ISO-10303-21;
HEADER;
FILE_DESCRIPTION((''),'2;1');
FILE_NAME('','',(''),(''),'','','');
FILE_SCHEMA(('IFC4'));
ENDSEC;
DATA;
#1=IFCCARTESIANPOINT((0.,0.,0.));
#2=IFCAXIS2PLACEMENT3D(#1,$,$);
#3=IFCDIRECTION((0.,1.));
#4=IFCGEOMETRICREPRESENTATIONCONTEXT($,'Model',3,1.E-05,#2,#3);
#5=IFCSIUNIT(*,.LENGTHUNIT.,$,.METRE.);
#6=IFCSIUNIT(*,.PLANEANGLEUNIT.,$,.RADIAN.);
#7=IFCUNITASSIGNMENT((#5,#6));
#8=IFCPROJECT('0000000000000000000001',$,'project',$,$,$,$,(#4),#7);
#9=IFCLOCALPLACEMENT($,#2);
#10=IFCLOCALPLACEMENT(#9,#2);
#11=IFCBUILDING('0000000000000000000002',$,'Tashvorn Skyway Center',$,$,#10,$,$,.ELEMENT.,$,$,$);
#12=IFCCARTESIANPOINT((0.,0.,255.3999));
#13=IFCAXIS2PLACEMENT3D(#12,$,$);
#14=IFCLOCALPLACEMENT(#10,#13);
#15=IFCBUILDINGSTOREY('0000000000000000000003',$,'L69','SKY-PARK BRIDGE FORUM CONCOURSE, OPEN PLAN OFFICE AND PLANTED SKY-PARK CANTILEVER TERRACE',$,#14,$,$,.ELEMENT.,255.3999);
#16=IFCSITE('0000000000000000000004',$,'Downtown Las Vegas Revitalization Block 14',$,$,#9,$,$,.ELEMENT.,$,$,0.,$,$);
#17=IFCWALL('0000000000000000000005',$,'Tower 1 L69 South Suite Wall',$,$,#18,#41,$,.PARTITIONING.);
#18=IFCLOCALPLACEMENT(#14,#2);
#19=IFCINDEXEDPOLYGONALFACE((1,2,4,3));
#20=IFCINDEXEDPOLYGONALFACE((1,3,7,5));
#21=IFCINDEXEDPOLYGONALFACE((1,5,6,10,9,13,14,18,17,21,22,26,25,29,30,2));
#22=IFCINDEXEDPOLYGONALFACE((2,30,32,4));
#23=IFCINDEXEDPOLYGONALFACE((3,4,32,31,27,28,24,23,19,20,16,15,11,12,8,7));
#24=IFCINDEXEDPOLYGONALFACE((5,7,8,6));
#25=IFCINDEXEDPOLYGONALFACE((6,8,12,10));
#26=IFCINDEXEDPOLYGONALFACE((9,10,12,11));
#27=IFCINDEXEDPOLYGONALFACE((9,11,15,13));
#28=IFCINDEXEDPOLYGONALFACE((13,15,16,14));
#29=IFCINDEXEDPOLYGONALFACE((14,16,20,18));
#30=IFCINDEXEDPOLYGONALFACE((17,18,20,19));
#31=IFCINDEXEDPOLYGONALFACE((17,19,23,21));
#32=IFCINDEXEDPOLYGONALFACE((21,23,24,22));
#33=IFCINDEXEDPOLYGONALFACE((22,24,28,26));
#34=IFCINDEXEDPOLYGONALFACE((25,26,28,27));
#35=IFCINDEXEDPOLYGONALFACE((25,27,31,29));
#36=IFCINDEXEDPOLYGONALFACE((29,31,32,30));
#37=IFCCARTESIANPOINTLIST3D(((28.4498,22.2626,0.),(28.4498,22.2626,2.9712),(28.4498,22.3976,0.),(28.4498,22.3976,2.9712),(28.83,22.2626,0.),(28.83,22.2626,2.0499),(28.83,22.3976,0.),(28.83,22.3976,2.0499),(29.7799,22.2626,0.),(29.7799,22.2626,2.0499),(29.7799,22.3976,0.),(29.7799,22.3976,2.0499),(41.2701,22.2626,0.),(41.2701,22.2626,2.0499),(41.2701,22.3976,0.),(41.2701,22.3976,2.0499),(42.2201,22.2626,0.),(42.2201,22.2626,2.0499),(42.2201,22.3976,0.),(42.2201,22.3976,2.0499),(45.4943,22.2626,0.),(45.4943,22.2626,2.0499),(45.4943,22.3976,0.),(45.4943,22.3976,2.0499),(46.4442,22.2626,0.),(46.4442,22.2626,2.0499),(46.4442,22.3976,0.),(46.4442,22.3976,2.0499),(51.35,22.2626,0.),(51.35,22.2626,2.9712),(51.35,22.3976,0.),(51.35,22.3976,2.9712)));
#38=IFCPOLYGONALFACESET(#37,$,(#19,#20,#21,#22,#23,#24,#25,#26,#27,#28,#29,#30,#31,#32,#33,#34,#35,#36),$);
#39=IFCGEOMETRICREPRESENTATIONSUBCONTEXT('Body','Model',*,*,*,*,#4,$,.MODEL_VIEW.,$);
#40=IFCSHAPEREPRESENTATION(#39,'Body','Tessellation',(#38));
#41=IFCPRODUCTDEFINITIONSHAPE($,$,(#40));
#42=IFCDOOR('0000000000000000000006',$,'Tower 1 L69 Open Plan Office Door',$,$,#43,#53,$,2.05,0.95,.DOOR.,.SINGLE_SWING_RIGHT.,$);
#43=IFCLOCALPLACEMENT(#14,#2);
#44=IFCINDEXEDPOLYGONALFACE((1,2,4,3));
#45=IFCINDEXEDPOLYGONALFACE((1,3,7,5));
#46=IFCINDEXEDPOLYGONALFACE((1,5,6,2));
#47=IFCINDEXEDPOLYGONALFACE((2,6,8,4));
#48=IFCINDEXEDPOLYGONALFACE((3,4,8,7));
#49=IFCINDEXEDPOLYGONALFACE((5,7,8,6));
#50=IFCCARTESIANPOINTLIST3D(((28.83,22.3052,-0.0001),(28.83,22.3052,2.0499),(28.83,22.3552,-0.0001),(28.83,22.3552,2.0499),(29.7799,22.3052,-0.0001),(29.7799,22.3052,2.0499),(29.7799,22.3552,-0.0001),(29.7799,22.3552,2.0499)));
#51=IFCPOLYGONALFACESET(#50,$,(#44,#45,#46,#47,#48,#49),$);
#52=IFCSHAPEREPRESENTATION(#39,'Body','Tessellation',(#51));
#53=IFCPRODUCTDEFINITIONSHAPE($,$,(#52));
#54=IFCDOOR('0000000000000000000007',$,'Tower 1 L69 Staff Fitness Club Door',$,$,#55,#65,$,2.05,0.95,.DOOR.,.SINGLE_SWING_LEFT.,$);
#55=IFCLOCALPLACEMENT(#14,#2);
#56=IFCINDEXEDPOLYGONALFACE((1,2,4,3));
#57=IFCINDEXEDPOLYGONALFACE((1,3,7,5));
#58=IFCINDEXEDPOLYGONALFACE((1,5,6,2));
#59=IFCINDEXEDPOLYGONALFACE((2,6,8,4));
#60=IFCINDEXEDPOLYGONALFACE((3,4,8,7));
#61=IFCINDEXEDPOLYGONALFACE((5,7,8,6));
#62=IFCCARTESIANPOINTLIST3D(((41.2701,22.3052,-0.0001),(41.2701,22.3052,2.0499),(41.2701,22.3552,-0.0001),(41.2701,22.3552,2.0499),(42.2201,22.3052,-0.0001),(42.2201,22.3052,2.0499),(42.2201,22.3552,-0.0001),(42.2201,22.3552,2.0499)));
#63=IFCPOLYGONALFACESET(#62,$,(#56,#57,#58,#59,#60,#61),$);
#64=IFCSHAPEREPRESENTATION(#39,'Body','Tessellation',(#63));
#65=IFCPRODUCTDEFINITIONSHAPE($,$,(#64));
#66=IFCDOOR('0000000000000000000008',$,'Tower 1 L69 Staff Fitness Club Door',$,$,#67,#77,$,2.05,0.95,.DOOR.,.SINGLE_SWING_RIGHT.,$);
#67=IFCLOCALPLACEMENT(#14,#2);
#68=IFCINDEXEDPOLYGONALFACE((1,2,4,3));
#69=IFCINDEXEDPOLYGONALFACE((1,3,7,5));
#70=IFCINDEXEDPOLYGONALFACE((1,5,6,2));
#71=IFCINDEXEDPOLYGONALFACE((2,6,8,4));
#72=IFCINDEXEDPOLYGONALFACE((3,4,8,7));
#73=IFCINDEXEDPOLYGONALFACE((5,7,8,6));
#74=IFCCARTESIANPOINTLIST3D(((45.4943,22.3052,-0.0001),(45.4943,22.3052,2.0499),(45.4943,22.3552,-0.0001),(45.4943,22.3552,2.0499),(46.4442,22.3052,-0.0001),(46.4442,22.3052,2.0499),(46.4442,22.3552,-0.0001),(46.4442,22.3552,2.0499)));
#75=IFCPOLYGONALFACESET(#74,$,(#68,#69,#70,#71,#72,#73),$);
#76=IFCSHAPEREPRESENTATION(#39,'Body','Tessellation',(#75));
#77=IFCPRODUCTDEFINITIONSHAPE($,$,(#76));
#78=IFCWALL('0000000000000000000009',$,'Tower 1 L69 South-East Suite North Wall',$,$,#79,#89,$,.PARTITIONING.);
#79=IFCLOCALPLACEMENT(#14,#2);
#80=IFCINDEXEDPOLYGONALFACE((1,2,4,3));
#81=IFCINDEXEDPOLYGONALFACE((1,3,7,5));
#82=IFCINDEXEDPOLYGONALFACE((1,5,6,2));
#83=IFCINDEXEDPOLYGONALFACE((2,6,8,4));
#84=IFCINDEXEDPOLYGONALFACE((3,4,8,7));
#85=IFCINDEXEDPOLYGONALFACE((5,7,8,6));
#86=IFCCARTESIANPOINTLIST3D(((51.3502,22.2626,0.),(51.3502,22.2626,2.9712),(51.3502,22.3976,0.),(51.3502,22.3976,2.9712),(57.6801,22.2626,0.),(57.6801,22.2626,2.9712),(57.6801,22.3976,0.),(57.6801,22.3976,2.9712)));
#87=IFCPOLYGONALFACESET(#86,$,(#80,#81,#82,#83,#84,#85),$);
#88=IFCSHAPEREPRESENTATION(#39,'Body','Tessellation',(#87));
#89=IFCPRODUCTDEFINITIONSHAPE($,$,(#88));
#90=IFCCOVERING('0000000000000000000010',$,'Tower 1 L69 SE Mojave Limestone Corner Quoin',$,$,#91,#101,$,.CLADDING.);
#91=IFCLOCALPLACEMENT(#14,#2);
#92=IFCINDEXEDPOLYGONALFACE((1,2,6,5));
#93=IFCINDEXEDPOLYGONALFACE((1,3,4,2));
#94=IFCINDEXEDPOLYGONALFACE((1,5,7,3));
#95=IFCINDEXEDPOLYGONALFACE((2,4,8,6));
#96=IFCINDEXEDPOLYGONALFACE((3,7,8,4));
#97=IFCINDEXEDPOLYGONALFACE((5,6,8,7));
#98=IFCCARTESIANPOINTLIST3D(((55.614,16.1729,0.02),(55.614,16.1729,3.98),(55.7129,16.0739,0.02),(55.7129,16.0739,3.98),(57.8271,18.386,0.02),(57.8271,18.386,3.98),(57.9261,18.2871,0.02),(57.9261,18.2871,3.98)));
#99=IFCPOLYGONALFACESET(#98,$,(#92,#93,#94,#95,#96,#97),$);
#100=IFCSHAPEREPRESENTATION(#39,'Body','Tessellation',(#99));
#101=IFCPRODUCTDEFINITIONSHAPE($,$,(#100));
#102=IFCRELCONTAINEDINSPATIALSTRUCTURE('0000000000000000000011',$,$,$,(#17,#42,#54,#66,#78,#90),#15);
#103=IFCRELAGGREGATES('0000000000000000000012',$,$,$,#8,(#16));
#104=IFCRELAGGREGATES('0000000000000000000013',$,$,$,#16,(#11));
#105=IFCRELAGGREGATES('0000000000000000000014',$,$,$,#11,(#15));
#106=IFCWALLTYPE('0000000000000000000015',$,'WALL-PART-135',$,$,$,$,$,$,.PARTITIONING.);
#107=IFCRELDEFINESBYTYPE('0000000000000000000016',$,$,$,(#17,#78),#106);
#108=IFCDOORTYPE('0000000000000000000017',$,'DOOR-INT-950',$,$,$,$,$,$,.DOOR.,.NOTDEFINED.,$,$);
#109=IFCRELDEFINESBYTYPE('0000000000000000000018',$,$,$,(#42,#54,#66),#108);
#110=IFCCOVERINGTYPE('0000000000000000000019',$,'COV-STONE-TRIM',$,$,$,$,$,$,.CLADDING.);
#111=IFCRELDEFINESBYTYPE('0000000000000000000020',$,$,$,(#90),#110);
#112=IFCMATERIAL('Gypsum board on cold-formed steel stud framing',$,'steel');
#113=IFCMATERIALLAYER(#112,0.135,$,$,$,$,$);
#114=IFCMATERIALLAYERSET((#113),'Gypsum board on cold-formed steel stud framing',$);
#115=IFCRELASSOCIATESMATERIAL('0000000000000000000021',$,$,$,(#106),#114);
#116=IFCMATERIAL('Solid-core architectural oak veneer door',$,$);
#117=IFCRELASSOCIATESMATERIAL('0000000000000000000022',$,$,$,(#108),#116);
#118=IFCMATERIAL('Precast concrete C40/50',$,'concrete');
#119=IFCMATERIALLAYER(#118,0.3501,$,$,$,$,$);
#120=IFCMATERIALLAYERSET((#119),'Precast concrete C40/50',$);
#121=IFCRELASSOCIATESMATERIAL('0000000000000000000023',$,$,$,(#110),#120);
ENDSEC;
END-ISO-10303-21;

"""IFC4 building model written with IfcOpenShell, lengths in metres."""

from ifc_helpers import new_model, si_unit, direction, frame, frame_2d, origin, origin_2d, place, context, subcontext, project, spatial, rectangle, extrude, material, layer, layer_set, type_object, element, fill, save


model = new_model("IFC4")

# Units and contexts
model_context = context("Model", 3, precision=1e-05, world=origin(), true_north=direction((0.0, 1.0)))
body_context = subcontext(model_context, "Body", "Model", "MODEL_VIEW")
ifc_project = project(units=[si_unit("LENGTHUNIT", "METRE"), si_unit("PLANEANGLEUNIT", "RADIAN")], contexts=[model_context])

# Site, building, storey
site_placement = place(None, origin())
site = spatial("IfcSite", under=ifc_project, at=site_placement, Name="Downtown Las Vegas Revitalization Block 14", CompositionType="ELEMENT", RefElevation=0.0)
building_placement = place(site_placement, origin())
building = spatial("IfcBuilding", under=site, at=building_placement, Name="Tashvorn Skyway Center", CompositionType="ELEMENT")
storey_placement = place(building_placement, frame((0.0, 0.0, 255.3999)))
storey = spatial("IfcBuildingStorey", under=building, at=storey_placement, Name="L69", Description="SKY-PARK BRIDGE FORUM CONCOURSE, OPEN PLAN OFFICE AND PLANTED SKY-PARK CANTILEVER TERRACE", CompositionType="ELEMENT", Elevation=255.3999)

# Wall, openings, doors
ifc_material_1 = material(Name="Gypsum board on cold-formed steel stud framing", Category="steel")
ifc_layer_1 = layer(ifc_material_1, 0.135)
ifc_layer_set_1 = layer_set([ifc_layer_1], Name="Gypsum board on cold-formed steel stud framing")
wall_type = type_object("IfcWallType", Name="WALL-PART-135", PredefinedType="PARTITIONING", material=ifc_layer_set_1)
wall_1_placement = place(storey_placement, frame((51.3501, 22.3301, 0.0), z_axis=(0.0, 0.0, 1.0), x_axis=(-1.0, 0.0, 0.0)))
wall_1 = element("IfcWall", 1, at=wall_1_placement, inside=storey, type_object=wall_type, Name="Tower 1 L69 South Suite Wall", PredefinedType="PARTITIONING", context=body_context, shape_type="SweptSolid", body=[
    extrude(rectangle(XDim=22.9001, YDim=0.135, at=frame_2d((11.4502, 0.0))), origin(), (0.0, 0.0, 1.0), 2.9712),
])
opening_1_placement = place(wall_1_placement, frame((21.5701, 0.0, 0.0)))
opening_1 = element("IfcOpeningElement", 2, at=opening_1_placement, cuts=wall_1, PredefinedType="OPENING", context=body_context, shape_type="SweptSolid", body=[
    extrude(rectangle(XDim=0.95, YDim=2.05, at=frame_2d((0.4751, 1.0249))), frame((0.0, 0.0774, 0.0), z_axis=(0.0, -1.0, 0.0), x_axis=(1.0, 0.0, 0.0)), (0.0, 0.0, 1.0), 0.155),
])
opening_2_placement = place(wall_1_placement, frame((9.1299, 0.0, 0.0)))
opening_2 = element("IfcOpeningElement", 3, at=opening_2_placement, cuts=wall_1, PredefinedType="OPENING", context=body_context, shape_type="SweptSolid", body=[
    extrude(rectangle(XDim=0.95, YDim=2.05, at=frame_2d((0.4751, 1.0249))), frame((0.0, 0.0774, 0.0), z_axis=(0.0, -1.0, 0.0), x_axis=(1.0, 0.0, 0.0)), (0.0, 0.0, 1.0), 0.155),
])
opening_3_placement = place(wall_1_placement, frame((4.9058, 0.0, 0.0)))
opening_3 = element("IfcOpeningElement", 4, at=opening_3_placement, cuts=wall_1, PredefinedType="OPENING", context=body_context, shape_type="SweptSolid", body=[
    extrude(rectangle(XDim=0.95, YDim=2.05, at=frame_2d((0.4751, 1.0249))), frame((0.0, 0.0774, 0.0), z_axis=(0.0, -1.0, 0.0), x_axis=(1.0, 0.0, 0.0)), (0.0, 0.0, 1.0), 0.155),
])
ifc_material_2 = material(Name="Solid-core architectural oak veneer door")
door_type = type_object("IfcDoorType", Name="DOOR-INT-950", OperationType="NOTDEFINED", PredefinedType="DOOR", material=ifc_material_2)
door_1_placement = place(opening_1_placement, origin())
door_1 = element("IfcDoor", 5, at=door_1_placement, inside=storey, type_object=door_type, Name="Tower 1 L69 Open Plan Office Door", OperationType="SINGLE_SWING_RIGHT", OverallHeight=2.05, OverallWidth=0.95, PredefinedType="DOOR", context=body_context, shape_type="SweptSolid", body=[
    extrude(rectangle(XDim=0.95, YDim=2.05, at=frame_2d((0.4751, 1.0249))), frame((0.0, 0.0249, 0.0), z_axis=(0.0, -1.0, 0.0), x_axis=(1.0, 0.0, 0.0)), (0.0, 0.0, 1.0), 0.05),
])
fill(opening_1, door_1)
door_2_placement = place(opening_2_placement, origin())
door_2 = element("IfcDoor", 6, at=door_2_placement, inside=storey, type_object=door_type, Name="Tower 1 L69 Staff Fitness Club Door", OperationType="SINGLE_SWING_LEFT", OverallHeight=2.05, OverallWidth=0.95, PredefinedType="DOOR", context=body_context, shape_type="SweptSolid", body=[
    extrude(rectangle(XDim=0.95, YDim=2.05, at=frame_2d((0.4751, 1.0249))), frame((0.0, 0.0249, 0.0), z_axis=(0.0, -1.0, 0.0), x_axis=(1.0, 0.0, 0.0)), (0.0, 0.0, 1.0), 0.05),
])
fill(opening_2, door_2)
door_3_placement = place(opening_3_placement, origin())
door_3 = element("IfcDoor", 7, at=door_3_placement, inside=storey, type_object=door_type, Name="Tower 1 L69 Staff Fitness Club Door", OperationType="SINGLE_SWING_RIGHT", OverallHeight=2.05, OverallWidth=0.95, PredefinedType="DOOR", context=body_context, shape_type="SweptSolid", body=[
    extrude(rectangle(XDim=0.95, YDim=2.05, at=frame_2d((0.4751, 1.0249))), frame((0.0, 0.0249, 0.0), z_axis=(0.0, -1.0, 0.0), x_axis=(1.0, 0.0, 0.0)), (0.0, 0.0, 1.0), 0.05),
])
fill(opening_3, door_3)

# Wall
wall_2_placement = place(storey_placement, frame((51.3501, 22.3301, 0.0), z_axis=(0.0, 0.0, 1.0), x_axis=(1.0, 0.0, 0.0)))
element("IfcWall", 8, at=wall_2_placement, inside=storey, type_object=wall_type, Name="Tower 1 L69 South-East Suite North Wall", PredefinedType="PARTITIONING", context=body_context, shape_type="SweptSolid", body=[
    extrude(rectangle(XDim=6.3298, YDim=0.135, at=frame_2d((3.165, 0.0))), origin(), (0.0, 0.0, 1.0), 2.9712),
])

# Covering
ifc_material_3 = material(Name="Precast concrete C40/50", Category="concrete")
ifc_layer_2 = layer(ifc_material_3, 0.3501)
ifc_layer_set_2 = layer_set([ifc_layer_2], Name="Precast concrete C40/50")
covering_type = type_object("IfcCoveringType", Name="COV-STONE-TRIM", PredefinedType="CLADDING", material=ifc_layer_set_2)
covering_placement = place(storey_placement, frame((56.77, 17.23, 0.02), z_axis=(0.0, 0.0, 1.0), x_axis=(0.707107, 0.707107, 0.0)))
element("IfcCovering", 9, at=covering_placement, inside=storey, type_object=covering_type, Name="Tower 1 L69 SE Mojave Limestone Corner Quoin", PredefinedType="CLADDING", context=body_context, shape_type="SweptSolid", body=[
    extrude(rectangle(XDim=3.1299, YDim=0.1399, at=origin_2d()), origin(), (0.0, 0.0, 1.0), 3.96),
])

save(model, "model.ifc")
